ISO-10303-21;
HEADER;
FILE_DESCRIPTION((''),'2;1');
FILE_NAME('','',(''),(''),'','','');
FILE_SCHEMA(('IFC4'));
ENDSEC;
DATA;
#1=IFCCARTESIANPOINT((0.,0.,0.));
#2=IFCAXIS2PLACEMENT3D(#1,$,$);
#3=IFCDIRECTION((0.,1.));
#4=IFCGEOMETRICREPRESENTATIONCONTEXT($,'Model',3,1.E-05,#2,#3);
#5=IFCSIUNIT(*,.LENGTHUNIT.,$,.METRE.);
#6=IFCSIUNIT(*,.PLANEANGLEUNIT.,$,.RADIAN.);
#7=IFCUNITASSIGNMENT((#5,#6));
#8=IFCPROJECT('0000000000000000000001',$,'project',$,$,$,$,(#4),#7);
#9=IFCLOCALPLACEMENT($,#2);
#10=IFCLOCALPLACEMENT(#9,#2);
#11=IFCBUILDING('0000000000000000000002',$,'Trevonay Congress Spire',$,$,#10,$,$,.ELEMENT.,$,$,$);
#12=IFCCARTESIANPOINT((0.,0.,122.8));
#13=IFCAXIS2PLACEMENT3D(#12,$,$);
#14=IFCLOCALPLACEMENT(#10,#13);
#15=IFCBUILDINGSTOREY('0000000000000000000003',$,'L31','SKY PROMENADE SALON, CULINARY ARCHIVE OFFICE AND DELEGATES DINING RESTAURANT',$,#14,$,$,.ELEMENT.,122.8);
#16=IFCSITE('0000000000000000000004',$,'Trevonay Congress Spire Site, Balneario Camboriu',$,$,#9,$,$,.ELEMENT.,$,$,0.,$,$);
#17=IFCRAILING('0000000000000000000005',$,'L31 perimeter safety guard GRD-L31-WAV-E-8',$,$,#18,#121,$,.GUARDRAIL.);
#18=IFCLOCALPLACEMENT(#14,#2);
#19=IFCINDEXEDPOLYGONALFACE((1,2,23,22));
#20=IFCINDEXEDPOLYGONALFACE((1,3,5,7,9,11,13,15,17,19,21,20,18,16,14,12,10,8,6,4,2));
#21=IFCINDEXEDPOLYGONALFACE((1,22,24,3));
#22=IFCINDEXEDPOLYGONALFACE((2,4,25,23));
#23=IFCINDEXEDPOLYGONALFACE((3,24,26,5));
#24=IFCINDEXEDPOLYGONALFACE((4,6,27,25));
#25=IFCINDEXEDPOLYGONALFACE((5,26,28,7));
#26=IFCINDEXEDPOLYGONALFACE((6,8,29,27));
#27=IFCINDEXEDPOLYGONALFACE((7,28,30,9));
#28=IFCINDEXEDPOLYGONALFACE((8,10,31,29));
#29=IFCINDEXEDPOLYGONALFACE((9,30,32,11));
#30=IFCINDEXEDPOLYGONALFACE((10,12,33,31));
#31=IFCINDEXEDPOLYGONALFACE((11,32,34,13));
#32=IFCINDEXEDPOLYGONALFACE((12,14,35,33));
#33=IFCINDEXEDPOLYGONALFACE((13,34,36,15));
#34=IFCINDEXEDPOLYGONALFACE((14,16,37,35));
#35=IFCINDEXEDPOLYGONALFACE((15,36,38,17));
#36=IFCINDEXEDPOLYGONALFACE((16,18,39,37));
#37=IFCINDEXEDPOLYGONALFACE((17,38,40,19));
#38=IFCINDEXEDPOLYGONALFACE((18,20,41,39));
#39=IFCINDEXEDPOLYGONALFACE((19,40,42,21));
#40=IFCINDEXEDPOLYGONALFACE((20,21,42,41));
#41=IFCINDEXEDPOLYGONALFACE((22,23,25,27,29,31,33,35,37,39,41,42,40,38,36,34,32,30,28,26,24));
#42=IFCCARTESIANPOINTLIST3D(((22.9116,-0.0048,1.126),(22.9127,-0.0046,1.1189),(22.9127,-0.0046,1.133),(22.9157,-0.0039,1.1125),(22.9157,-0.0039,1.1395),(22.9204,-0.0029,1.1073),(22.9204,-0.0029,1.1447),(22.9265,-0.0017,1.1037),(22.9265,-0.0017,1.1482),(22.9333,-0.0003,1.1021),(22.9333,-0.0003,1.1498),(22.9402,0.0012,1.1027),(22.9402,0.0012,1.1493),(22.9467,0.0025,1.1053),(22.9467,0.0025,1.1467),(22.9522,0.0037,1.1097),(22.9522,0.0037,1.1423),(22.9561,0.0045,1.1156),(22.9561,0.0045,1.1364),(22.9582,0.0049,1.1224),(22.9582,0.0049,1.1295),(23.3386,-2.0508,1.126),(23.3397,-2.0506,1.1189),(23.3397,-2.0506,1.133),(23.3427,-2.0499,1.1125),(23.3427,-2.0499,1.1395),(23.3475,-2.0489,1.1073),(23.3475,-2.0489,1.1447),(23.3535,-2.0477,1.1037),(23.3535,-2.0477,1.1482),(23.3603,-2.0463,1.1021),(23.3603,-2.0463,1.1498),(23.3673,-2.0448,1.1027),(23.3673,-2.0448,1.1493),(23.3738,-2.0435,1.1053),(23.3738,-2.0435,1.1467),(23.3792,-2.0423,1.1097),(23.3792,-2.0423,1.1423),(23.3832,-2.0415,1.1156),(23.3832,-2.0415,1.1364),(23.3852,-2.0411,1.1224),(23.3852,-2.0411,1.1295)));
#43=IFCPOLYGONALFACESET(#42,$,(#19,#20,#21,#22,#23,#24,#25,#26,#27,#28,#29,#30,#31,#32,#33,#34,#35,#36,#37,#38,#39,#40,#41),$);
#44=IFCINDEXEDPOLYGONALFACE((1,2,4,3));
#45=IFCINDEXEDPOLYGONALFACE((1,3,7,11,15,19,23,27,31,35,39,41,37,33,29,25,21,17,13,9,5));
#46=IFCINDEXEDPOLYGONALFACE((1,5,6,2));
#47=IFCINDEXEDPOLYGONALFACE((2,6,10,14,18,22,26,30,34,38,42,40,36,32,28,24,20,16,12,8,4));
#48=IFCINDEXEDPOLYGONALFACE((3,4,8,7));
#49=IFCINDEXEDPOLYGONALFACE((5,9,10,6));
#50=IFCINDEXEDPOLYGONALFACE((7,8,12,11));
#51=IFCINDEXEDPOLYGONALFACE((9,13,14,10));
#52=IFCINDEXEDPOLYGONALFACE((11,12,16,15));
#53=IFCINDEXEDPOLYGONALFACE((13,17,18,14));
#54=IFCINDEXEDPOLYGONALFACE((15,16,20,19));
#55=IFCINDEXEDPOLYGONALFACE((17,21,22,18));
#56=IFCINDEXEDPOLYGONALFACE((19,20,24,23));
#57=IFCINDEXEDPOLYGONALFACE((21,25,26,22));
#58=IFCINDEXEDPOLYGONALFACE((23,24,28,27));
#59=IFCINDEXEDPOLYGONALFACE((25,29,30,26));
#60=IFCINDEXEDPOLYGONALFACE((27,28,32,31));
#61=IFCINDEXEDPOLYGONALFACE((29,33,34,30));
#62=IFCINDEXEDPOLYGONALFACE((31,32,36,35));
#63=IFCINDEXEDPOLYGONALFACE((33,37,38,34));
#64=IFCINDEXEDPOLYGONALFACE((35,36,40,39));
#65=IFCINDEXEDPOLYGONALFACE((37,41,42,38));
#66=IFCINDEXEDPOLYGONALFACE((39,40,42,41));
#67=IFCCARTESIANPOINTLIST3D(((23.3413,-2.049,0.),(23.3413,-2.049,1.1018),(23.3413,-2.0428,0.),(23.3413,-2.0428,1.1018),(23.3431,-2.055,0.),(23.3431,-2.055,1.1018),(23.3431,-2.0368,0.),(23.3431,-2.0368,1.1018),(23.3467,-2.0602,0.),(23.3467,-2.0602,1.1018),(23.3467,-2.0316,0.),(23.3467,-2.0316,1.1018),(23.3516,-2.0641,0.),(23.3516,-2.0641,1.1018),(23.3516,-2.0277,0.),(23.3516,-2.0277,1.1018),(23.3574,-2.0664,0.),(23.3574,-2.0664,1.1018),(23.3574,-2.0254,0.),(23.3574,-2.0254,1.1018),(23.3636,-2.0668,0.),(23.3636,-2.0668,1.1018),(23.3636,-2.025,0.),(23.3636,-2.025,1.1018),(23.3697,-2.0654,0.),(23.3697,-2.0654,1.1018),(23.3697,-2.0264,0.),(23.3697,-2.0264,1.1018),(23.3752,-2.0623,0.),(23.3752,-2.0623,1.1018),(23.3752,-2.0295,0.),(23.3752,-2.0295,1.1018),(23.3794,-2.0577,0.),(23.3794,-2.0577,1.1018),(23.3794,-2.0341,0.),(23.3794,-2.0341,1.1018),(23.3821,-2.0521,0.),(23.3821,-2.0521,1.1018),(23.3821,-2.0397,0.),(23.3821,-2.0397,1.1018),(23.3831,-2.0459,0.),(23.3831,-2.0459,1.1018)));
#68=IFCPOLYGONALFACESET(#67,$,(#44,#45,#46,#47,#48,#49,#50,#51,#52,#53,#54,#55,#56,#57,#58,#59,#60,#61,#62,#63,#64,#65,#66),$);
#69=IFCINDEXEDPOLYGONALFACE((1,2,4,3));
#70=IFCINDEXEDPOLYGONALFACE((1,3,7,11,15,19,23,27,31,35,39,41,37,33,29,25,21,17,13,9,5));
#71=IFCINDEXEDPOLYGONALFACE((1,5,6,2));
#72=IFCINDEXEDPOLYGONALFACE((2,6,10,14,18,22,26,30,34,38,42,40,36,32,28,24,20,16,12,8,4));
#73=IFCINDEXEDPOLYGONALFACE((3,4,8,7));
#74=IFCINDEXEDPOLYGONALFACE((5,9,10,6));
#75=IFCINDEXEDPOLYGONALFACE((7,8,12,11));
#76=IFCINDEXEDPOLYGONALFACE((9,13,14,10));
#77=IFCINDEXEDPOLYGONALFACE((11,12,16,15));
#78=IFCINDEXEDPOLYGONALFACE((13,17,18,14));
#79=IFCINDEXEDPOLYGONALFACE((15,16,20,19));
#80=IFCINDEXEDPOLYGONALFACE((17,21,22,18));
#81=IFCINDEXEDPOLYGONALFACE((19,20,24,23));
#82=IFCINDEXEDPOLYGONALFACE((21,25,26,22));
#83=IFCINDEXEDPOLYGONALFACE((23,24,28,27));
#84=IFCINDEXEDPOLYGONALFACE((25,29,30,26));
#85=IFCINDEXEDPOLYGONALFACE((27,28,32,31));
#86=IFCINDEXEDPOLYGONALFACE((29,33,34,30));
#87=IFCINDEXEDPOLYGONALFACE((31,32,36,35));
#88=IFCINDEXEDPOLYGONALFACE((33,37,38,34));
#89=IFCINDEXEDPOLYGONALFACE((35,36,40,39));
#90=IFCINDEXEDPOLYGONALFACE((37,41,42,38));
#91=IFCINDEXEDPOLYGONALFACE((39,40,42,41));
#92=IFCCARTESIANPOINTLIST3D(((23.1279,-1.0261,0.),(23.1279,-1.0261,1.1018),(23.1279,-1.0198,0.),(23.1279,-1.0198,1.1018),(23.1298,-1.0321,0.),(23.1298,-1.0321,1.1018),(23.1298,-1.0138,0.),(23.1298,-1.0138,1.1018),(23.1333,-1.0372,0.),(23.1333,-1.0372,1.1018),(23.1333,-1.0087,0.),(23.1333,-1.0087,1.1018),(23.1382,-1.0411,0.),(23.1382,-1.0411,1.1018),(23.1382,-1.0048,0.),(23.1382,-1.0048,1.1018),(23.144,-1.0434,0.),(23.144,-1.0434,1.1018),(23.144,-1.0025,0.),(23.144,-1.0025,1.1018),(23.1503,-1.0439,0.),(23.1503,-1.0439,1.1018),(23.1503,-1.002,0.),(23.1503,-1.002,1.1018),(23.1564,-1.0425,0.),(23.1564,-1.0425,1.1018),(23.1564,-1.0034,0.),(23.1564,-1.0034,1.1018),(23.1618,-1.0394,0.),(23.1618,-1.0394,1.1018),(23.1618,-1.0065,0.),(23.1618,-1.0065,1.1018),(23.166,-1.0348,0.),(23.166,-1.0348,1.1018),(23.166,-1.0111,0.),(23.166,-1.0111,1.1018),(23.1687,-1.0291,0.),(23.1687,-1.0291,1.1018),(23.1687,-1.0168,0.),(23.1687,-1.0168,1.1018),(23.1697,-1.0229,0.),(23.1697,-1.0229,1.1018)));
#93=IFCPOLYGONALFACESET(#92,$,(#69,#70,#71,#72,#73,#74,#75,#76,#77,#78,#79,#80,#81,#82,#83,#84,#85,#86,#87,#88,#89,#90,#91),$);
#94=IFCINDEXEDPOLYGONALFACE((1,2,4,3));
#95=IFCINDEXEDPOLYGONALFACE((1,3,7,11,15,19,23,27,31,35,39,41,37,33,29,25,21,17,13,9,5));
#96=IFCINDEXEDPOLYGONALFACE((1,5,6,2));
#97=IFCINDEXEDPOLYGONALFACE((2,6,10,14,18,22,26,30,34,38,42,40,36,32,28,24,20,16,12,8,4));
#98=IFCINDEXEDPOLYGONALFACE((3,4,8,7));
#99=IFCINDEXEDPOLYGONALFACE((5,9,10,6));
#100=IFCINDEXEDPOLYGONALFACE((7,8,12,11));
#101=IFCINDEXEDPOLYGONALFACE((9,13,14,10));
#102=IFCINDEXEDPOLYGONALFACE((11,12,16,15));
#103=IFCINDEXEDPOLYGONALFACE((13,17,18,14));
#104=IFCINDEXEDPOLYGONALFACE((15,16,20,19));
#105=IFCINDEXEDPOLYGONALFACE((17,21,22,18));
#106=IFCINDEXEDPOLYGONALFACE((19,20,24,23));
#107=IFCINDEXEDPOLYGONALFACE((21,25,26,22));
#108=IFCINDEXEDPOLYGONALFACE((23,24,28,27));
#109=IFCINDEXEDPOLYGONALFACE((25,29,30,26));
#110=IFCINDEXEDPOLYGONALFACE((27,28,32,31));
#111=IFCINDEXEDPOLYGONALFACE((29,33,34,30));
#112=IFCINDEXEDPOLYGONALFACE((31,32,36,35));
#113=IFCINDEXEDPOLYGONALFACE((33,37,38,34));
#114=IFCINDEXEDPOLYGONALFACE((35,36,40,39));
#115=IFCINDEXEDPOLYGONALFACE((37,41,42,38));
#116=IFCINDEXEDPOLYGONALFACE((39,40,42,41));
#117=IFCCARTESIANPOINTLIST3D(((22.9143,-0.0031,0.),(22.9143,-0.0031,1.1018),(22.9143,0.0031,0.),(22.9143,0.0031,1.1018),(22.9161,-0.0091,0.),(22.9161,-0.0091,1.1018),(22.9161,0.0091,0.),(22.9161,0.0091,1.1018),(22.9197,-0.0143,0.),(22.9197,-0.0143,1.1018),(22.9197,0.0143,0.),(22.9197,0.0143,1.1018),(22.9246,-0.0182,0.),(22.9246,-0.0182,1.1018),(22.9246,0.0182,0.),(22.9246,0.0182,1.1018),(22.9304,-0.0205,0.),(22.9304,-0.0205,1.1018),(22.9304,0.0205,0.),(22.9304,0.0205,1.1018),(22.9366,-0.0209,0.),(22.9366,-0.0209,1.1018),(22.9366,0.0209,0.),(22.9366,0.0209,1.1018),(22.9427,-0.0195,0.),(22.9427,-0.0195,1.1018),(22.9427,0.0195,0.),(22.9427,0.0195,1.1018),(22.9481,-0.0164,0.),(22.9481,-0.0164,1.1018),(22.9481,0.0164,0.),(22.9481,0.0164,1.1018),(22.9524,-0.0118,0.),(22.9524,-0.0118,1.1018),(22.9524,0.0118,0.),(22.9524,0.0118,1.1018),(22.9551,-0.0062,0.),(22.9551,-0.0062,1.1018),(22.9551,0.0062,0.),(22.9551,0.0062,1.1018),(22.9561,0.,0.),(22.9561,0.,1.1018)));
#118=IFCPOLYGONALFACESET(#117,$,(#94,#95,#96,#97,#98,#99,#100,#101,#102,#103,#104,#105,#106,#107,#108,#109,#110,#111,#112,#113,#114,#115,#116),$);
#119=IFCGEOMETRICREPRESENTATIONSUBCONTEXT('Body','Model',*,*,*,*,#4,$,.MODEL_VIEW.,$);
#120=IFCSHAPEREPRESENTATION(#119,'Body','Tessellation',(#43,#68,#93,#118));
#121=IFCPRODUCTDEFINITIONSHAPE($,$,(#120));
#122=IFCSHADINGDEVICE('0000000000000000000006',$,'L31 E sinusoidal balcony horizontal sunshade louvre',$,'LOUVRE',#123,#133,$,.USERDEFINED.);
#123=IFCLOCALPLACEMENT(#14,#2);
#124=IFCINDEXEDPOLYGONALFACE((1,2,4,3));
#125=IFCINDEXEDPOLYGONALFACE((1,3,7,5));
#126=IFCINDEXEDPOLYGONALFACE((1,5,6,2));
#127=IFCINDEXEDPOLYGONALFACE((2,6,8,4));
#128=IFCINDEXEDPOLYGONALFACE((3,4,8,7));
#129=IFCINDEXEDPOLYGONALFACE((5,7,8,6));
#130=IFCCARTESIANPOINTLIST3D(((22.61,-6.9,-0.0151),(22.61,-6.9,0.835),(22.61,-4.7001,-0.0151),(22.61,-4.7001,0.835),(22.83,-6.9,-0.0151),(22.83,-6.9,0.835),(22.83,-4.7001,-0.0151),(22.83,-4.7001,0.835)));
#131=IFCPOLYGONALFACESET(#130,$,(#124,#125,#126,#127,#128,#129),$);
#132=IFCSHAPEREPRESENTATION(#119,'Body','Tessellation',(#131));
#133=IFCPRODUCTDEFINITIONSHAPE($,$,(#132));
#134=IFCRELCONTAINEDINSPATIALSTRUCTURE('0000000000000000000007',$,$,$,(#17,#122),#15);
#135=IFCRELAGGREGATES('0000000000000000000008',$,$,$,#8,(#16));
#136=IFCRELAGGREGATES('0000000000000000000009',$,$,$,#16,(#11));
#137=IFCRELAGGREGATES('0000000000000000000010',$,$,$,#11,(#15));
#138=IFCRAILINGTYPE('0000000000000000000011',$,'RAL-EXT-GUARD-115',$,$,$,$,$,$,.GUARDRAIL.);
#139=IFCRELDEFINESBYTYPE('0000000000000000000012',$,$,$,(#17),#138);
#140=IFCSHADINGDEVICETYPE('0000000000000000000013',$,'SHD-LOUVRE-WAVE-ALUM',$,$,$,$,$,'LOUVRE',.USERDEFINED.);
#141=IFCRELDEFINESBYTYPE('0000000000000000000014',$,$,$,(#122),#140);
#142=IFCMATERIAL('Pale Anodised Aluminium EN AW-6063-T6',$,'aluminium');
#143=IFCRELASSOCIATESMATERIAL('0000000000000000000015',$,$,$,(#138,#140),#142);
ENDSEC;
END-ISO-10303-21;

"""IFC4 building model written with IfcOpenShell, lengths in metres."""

from ifc_helpers import new_model, si_unit, direction, frame, origin, origin_2d, place, context, subcontext, project, spatial, rectangle, circle, extrude, material, type_object, element, save


model = new_model("IFC4")

# Units and contexts
model_context = context("Model", 3, precision=1e-05, world=origin(), true_north=direction((0.0, 1.0)))
body_context = subcontext(model_context, "Body", "Model", "MODEL_VIEW")
ifc_project = project(units=[si_unit("LENGTHUNIT", "METRE"), si_unit("PLANEANGLEUNIT", "RADIAN")], contexts=[model_context])

# Site, building, storey
site_placement = place(None, origin())
site = spatial("IfcSite", under=ifc_project, at=site_placement, Name="Trevonay Congress Spire Site, Balneario Camboriu", CompositionType="ELEMENT", RefElevation=0.0)
building_placement = place(site_placement, origin())
building = spatial("IfcBuilding", under=site, at=building_placement, Name="Trevonay Congress Spire", CompositionType="ELEMENT")
storey_placement = place(building_placement, frame((0.0, 0.0, 122.8)))
storey = spatial("IfcBuildingStorey", under=building, at=storey_placement, Name="L31", Description="SKY PROMENADE SALON, CULINARY ARCHIVE OFFICE AND DELEGATES DINING RESTAURANT", CompositionType="ELEMENT", Elevation=122.8)

# Shared definitions
ifc_material_1 = material(Name="Pale Anodised Aluminium EN AW-6063-T6", Category="aluminium")

# Railing
railing_type = type_object("IfcRailingType", Name="RAL-EXT-GUARD-115", PredefinedType="GUARDRAIL", material=ifc_material_1)
railing_1_placement = place(storey_placement, frame((23.3621, -2.0459, 0.0)))
element("IfcRailing", 1, at=railing_1_placement, inside=storey, type_object=railing_type, Name="L31 perimeter safety guard GRD-L31-WAV-E-8", PredefinedType="GUARDRAIL", context=body_context, shape_type="SweptSolid", body=[
    extrude(circle(Radius=0.0239, at=origin_2d()), frame((0.0, 0.0, 1.126), z_axis=(-0.204309, 0.978906, 0.0), x_axis=(-0.978906, -0.204309, 0.0)), (0.0, 0.0, 1.0), 2.0901),
    extrude(circle(Radius=0.021, at=origin_2d()), origin(), (0.0, 0.0, 1.0), 1.1018),
    extrude(circle(Radius=0.021, at=origin_2d()), frame((-0.2134, 1.0229, 0.0)), (0.0, 0.0, 1.0), 1.1018),
    extrude(circle(Radius=0.021, at=origin_2d()), frame((-0.427, 2.0459, 0.0)), (0.0, 0.0, 1.0), 1.1018),
])

# Shading device
shading_device_type = type_object("IfcShadingDeviceType", Name="SHD-LOUVRE-WAVE-ALUM", ElementType="LOUVRE", PredefinedType="USERDEFINED", material=ifc_material_1)
shading_device_placement = place(storey_placement, frame((22.72, -5.8, -0.0151), z_axis=(0.0, 0.0, 1.0), x_axis=(0.0, 1.0, 0.0)))
element("IfcShadingDevice", 2, at=shading_device_placement, inside=storey, type_object=shading_device_type, Name="L31 E sinusoidal balcony horizontal sunshade louvre", ObjectType="LOUVRE", PredefinedType="USERDEFINED", context=body_context, shape_type="SweptSolid", body=[
    extrude(rectangle(XDim=2.2, YDim=0.22, at=origin_2d()), origin(), (0.0, 0.0, 1.0), 0.8501),
])

save(model, "model.ifc")
